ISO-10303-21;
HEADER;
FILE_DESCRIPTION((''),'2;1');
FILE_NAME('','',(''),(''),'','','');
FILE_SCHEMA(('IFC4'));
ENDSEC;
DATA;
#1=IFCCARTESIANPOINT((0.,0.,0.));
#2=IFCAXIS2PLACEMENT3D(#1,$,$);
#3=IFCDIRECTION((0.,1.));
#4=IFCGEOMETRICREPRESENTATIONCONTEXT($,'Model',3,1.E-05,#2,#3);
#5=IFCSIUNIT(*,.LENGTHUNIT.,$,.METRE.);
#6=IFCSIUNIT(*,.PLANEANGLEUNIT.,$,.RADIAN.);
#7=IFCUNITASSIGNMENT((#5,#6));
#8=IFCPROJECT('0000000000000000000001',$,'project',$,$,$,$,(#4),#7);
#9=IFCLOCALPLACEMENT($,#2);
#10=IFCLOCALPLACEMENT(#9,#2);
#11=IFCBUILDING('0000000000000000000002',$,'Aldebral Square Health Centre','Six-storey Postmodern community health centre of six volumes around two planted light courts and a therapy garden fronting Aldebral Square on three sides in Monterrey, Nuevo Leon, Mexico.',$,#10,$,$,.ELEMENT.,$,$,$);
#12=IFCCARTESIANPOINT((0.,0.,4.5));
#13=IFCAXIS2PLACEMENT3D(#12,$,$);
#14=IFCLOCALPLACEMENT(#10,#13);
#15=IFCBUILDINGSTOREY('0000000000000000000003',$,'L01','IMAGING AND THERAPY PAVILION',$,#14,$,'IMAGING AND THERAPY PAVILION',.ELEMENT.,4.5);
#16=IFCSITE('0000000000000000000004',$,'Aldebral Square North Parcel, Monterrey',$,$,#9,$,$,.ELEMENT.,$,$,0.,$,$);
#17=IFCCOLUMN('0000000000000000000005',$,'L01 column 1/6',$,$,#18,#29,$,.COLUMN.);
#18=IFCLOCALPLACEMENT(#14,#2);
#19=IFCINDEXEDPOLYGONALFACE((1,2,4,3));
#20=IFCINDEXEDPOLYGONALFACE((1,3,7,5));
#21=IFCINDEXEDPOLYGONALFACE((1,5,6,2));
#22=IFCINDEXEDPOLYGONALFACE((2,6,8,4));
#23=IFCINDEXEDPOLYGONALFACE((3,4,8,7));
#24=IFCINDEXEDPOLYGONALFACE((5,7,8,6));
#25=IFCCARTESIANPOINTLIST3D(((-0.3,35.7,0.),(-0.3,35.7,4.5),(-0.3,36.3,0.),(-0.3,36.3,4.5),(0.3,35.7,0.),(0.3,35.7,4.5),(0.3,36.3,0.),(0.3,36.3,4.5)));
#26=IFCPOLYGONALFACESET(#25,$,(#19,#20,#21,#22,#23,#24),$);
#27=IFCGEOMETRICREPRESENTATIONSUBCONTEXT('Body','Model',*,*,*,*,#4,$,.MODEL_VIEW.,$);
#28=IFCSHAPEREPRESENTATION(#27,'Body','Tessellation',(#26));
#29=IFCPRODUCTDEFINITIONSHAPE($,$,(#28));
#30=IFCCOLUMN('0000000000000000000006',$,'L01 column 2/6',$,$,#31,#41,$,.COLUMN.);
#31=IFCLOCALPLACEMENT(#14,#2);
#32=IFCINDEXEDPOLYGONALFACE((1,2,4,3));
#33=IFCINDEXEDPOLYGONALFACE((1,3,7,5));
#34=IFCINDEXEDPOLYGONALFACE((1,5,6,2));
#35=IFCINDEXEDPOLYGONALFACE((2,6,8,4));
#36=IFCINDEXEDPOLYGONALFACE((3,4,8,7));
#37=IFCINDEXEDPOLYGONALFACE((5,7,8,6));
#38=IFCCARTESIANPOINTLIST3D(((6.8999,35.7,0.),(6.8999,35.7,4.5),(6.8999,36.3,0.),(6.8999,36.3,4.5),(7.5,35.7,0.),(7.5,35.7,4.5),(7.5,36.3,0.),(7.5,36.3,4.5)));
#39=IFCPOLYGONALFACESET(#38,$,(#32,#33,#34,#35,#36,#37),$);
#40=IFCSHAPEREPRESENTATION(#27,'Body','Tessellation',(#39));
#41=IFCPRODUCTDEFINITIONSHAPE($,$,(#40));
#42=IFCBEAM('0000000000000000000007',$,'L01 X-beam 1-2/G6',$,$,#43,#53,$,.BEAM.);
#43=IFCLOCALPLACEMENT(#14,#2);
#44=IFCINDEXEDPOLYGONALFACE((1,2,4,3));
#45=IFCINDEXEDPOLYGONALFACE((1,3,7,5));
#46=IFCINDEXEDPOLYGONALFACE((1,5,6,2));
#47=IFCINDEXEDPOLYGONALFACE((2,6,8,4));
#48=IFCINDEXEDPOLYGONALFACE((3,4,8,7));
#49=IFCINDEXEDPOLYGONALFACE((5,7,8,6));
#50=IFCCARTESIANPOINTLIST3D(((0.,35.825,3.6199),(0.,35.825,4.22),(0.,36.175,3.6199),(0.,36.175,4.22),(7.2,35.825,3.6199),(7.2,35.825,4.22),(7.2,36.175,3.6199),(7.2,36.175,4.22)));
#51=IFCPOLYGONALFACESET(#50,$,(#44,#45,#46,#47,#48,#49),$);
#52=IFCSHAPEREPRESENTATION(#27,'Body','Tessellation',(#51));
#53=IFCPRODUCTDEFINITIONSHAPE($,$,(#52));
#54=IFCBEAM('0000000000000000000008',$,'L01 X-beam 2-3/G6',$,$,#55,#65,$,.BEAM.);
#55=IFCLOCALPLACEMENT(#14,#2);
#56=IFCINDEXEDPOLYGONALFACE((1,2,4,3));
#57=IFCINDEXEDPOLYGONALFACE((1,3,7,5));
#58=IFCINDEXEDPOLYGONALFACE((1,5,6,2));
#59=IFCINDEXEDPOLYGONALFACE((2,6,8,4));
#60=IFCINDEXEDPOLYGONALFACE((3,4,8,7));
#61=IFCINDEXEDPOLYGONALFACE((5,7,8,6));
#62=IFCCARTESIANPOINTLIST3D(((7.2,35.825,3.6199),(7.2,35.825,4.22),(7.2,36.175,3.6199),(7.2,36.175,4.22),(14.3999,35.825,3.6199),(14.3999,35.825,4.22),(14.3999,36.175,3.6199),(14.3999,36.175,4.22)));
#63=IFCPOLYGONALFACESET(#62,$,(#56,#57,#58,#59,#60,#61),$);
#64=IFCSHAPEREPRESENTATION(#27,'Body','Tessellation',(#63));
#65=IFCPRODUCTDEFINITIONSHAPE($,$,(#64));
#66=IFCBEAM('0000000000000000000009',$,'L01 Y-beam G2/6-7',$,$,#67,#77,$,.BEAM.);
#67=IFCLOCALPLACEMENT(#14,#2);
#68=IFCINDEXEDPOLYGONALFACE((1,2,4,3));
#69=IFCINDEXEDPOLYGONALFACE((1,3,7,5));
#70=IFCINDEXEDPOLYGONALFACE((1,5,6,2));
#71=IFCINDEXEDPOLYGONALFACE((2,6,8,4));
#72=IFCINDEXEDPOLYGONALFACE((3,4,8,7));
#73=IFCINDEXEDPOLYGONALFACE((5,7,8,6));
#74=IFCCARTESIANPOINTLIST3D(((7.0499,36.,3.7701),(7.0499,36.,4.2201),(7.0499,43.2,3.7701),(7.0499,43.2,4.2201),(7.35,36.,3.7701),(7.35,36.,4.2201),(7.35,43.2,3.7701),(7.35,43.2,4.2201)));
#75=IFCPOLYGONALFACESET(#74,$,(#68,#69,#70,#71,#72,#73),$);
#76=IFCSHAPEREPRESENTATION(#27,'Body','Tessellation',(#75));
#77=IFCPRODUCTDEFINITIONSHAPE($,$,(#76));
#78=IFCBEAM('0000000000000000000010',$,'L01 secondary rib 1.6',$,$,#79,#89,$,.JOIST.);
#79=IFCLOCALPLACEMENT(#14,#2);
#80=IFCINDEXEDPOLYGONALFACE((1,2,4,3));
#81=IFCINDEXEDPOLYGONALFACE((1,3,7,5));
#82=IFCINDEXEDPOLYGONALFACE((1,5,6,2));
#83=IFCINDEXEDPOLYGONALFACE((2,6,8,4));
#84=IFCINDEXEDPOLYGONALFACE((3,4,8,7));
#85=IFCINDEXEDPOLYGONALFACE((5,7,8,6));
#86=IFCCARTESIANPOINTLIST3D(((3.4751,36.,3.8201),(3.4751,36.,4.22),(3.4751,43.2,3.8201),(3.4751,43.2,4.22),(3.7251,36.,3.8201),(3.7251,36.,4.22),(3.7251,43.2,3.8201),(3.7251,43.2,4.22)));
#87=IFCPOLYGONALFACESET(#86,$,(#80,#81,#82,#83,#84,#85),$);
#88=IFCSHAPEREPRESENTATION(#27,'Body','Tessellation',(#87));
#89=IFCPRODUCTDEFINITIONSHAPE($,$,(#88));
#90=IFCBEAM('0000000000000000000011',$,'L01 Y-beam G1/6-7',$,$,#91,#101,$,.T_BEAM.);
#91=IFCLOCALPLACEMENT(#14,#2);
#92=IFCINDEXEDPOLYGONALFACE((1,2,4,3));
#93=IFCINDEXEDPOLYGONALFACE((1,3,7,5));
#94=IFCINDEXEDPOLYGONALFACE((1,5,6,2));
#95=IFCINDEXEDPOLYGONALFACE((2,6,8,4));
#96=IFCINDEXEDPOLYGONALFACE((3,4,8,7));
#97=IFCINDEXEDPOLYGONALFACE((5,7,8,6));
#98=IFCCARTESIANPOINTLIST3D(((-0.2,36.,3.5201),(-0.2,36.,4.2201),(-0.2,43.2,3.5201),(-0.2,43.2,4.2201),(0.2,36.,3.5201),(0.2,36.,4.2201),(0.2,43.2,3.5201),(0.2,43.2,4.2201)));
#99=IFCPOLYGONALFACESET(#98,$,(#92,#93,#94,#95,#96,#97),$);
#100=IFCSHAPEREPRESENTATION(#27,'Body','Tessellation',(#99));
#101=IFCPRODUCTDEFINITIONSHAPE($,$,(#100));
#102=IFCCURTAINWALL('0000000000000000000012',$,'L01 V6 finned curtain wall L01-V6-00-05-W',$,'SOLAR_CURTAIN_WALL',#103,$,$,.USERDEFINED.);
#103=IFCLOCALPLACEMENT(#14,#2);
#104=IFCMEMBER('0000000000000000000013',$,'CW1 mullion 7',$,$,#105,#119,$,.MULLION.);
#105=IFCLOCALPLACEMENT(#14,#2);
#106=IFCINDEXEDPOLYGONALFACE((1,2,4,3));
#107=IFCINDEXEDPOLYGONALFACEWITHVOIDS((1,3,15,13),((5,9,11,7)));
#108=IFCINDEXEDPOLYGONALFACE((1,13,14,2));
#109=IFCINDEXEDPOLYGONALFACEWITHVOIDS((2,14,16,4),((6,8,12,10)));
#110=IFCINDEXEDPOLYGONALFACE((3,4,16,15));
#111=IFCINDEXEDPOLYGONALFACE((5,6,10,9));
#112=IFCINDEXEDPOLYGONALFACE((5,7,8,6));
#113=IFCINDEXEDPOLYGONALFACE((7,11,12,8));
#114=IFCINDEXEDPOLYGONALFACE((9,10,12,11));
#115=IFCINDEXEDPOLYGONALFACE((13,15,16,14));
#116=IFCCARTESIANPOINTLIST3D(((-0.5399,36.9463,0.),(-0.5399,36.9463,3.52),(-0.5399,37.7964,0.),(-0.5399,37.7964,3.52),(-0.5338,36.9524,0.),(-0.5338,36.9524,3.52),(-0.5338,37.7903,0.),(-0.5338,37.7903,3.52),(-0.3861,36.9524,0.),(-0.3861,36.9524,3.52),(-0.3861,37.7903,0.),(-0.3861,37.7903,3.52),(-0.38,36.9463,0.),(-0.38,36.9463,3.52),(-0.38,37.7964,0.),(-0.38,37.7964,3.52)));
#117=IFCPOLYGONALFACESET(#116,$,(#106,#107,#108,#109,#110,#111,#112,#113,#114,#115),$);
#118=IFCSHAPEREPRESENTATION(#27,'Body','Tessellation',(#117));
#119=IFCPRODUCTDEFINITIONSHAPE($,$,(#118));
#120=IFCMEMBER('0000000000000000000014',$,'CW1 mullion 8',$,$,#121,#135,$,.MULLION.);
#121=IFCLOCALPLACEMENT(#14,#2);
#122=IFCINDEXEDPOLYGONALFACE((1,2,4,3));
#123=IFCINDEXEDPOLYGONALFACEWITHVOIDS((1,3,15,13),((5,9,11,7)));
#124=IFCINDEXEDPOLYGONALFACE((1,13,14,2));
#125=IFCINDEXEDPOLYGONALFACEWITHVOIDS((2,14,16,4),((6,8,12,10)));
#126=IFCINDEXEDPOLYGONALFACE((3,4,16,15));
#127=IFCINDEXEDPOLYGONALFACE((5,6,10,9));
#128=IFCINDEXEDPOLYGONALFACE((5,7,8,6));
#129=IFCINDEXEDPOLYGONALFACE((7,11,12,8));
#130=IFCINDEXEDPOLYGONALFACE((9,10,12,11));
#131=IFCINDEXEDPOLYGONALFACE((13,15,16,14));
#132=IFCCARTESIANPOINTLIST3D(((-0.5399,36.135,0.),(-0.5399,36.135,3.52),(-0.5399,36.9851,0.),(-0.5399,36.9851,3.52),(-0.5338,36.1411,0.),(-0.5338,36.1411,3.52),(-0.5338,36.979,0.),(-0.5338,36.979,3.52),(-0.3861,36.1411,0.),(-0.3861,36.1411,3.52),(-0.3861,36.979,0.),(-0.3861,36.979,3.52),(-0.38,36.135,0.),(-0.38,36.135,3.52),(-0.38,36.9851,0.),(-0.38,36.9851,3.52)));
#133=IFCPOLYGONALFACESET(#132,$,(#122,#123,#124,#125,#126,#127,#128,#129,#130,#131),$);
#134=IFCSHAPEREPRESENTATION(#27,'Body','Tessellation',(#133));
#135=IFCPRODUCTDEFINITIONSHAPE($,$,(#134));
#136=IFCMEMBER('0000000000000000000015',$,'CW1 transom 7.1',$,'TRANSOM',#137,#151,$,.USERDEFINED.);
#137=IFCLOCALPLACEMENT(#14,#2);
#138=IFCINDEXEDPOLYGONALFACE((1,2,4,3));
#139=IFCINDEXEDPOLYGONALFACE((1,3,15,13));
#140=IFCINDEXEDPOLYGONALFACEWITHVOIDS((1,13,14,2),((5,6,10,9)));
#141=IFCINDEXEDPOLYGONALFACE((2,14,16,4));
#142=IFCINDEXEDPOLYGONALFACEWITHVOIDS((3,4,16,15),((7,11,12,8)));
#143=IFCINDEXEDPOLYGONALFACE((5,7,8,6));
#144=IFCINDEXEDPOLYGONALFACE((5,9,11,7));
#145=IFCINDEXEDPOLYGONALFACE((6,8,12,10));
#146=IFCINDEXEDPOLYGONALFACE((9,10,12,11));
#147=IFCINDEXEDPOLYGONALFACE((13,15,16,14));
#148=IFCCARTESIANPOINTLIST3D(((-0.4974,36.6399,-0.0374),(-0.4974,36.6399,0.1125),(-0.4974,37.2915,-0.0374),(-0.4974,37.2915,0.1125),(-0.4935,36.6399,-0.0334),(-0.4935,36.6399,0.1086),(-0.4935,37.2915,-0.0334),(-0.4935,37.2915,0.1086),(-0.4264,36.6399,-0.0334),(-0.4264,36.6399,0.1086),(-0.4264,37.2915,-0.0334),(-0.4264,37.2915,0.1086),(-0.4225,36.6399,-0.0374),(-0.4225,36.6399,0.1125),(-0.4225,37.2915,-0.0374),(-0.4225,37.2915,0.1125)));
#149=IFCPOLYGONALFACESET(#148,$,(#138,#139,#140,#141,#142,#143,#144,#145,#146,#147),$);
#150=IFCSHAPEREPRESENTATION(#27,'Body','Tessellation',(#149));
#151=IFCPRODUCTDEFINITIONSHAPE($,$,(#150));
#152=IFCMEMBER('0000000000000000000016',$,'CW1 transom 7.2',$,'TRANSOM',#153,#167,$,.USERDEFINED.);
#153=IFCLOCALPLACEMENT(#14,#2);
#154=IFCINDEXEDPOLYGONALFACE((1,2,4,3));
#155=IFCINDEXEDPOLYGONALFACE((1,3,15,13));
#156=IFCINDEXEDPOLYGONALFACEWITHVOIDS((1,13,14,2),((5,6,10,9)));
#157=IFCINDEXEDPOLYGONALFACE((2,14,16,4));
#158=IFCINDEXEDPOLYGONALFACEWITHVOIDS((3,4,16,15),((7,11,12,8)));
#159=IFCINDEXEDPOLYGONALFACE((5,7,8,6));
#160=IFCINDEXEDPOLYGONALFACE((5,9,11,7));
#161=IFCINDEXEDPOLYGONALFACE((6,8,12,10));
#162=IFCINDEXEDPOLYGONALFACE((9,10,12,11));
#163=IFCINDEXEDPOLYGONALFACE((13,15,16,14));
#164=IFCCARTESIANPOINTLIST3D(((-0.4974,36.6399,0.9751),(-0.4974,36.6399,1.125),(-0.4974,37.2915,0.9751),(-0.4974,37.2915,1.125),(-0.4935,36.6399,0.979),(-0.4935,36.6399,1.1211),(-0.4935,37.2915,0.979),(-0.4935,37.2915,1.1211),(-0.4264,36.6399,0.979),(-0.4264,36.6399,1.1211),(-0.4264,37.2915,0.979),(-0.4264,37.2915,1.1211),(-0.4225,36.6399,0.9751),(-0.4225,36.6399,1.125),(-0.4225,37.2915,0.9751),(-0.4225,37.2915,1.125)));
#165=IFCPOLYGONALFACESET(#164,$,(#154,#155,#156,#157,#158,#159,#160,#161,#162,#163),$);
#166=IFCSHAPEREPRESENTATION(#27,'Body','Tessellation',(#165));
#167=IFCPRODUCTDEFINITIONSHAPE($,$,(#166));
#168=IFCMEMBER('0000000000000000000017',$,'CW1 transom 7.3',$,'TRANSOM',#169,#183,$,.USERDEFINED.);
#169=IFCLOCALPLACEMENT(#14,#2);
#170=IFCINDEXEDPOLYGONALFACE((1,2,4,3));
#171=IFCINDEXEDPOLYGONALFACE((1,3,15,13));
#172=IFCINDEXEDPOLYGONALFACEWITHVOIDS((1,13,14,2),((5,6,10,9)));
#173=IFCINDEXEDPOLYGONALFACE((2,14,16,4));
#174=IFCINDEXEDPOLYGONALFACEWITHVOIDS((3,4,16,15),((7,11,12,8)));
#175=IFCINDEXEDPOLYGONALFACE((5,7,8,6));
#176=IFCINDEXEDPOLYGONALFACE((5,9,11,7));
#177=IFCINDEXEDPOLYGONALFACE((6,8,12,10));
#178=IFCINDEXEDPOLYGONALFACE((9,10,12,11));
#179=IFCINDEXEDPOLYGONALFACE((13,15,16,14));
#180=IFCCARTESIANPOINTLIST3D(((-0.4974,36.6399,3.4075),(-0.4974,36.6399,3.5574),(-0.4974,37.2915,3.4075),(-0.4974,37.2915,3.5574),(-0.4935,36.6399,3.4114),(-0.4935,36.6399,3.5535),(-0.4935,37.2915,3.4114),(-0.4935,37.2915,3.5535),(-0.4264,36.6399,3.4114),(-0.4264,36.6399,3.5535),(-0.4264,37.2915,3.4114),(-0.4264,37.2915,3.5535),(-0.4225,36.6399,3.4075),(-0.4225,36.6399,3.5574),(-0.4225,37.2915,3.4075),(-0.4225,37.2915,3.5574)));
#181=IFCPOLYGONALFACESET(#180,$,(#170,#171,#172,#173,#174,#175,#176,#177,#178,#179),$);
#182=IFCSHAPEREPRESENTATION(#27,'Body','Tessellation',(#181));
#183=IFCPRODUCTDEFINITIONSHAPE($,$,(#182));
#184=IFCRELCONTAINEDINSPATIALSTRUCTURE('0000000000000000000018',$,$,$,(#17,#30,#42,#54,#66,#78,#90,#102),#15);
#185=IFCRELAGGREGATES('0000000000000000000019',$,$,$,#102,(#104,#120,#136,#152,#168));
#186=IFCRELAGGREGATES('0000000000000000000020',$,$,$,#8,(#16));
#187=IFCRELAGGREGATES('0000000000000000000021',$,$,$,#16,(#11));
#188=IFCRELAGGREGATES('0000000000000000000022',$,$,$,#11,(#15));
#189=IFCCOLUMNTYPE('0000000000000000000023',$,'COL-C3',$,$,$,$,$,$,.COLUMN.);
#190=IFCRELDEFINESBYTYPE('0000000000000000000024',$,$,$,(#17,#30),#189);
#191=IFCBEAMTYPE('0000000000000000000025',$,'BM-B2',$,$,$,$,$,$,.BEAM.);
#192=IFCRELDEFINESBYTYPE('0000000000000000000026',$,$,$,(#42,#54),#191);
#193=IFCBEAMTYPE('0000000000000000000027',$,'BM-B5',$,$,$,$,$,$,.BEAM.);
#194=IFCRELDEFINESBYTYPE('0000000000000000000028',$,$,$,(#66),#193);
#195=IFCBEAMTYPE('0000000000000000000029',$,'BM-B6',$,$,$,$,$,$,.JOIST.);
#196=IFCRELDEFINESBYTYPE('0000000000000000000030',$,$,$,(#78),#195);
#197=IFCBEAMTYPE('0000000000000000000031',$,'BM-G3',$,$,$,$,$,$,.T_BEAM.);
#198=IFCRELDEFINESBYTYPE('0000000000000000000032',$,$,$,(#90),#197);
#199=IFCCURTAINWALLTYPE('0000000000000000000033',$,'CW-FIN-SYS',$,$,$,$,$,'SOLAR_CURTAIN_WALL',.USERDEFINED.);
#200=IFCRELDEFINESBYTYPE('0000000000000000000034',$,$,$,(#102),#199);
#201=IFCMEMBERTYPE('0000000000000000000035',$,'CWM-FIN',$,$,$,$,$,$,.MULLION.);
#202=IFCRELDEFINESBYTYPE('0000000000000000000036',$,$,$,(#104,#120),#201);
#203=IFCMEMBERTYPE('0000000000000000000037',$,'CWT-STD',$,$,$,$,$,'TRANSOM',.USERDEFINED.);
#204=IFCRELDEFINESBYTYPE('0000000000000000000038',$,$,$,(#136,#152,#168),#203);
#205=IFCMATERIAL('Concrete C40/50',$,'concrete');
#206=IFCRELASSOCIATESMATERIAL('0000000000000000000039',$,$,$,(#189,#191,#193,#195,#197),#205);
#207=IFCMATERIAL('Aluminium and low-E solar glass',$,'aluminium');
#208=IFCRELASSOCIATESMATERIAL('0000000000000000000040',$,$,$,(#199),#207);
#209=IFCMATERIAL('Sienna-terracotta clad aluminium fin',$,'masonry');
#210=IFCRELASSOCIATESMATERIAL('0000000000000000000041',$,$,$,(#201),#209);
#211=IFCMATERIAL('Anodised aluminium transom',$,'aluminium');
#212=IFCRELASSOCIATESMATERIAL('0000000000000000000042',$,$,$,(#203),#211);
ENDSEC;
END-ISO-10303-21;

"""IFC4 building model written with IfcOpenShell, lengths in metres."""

from ifc_helpers import new_model, si_unit, direction, frame, origin, origin_2d, place, context, subcontext, project, spatial, rectangle, hollow_rectangle, extrude, material, material_profile, profile_set, type_object, element, aggregate, save


model = new_model("IFC4")

# Units and contexts
model_context = context("Model", 3, precision=1e-05, world=origin(), true_north=direction((0.0, 1.0)))
body_context = subcontext(model_context, "Body", "Model", "MODEL_VIEW")
ifc_project = project(units=[si_unit("LENGTHUNIT", "METRE"), si_unit("PLANEANGLEUNIT", "RADIAN")], contexts=[model_context])

# Site, building, storey
site_placement = place(None, origin())
site = spatial("IfcSite", under=ifc_project, at=site_placement, Name="Aldebral Square North Parcel, Monterrey", CompositionType="ELEMENT", RefElevation=0.0)
building_placement = place(site_placement, origin())
building = spatial("IfcBuilding", under=site, at=building_placement, Name="Aldebral Square Health Centre", Description="Six-storey Postmodern community health centre of six volumes around two planted light courts and a therapy garden fronting Aldebral Square on three sides in Monterrey, Nuevo Leon, Mexico.", CompositionType="ELEMENT")
storey_placement = place(building_placement, frame((0.0, 0.0, 4.5)))
storey = spatial("IfcBuildingStorey", under=building, at=storey_placement, Name="L01", Description="IMAGING AND THERAPY PAVILION", LongName="IMAGING AND THERAPY PAVILION", CompositionType="ELEMENT", Elevation=4.5)

# Columns
ifc_material_1 = material(Name="Concrete C40/50", Category="concrete")
ifc_material_profile_1 = material_profile(ifc_material_1, rectangle(XDim=0.6001, YDim=0.6001, at=origin_2d()), Name="RC 600x600")
ifc_profile_set_1 = profile_set([ifc_material_profile_1], Name="Concrete C40/50")
column_type = type_object("IfcColumnType", Name="COL-C3", PredefinedType="COLUMN", material=ifc_profile_set_1)
for number, where, z_axis, x_axis, name in (
    (1, (0.0, 36.0, 0.0), (0.0, 0.0, 1.0), (1.0, 0.0, 0.0), "L01 column 1/6"),
    (2, (7.2, 36.0, 0.0), (0.0, 0.0, 1.0), (1.0, 0.0, 0.0), "L01 column 2/6"),
):
    element("IfcColumn", number, at=place(storey_placement, frame(where, z_axis=z_axis, x_axis=x_axis)), inside=storey, type_object=column_type, Name=name, PredefinedType="COLUMN", context=body_context, shape_type="SweptSolid", body=[
        extrude(rectangle(XDim=0.6001, YDim=0.6001, at=origin_2d()), origin(), (0.0, 0.0, 1.0), 4.5),
    ])

# Beams
ifc_material_profile_2 = material_profile(ifc_material_1, rectangle(XDim=0.3501, YDim=0.6001, at=origin_2d()), Name="RC 350x600")
ifc_profile_set_2 = profile_set([ifc_material_profile_2], Name="Concrete C40/50")
beam_type_1 = type_object("IfcBeamType", Name="BM-B2", PredefinedType="BEAM", material=ifc_profile_set_2)
for number, where, z_axis, x_axis, name in (
    (3, (0.0, 36.0, 3.9199), (1.0, 0.0, 0.0), (0.0, 1.0, 0.0), "L01 X-beam 1-2/G6"),
    (4, (7.2, 36.0, 3.9199), (1.0, 0.0, 0.0), (0.0, 1.0, 0.0), "L01 X-beam 2-3/G6"),
):
    element("IfcBeam", number, at=place(storey_placement, frame(where, z_axis=z_axis, x_axis=x_axis)), inside=storey, type_object=beam_type_1, Name=name, PredefinedType="BEAM", context=body_context, shape_type="SweptSolid", body=[
        extrude(rectangle(XDim=0.3501, YDim=0.6001, at=origin_2d()), origin(), (0.0, 0.0, 1.0), 7.2),
    ])
ifc_material_profile_3 = material_profile(ifc_material_1, rectangle(XDim=0.3, YDim=0.45, at=origin_2d()), Name="RC 300x450")
ifc_profile_set_3 = profile_set([ifc_material_profile_3], Name="Concrete C40/50")
beam_type_2 = type_object("IfcBeamType", Name="BM-B5", PredefinedType="BEAM", material=ifc_profile_set_3)
beam_1_placement = place(storey_placement, frame((7.2, 36.0, 3.9951), z_axis=(0.0, 1.0, 0.0), x_axis=(-1.0, 0.0, 0.0)))
element("IfcBeam", 5, at=beam_1_placement, inside=storey, type_object=beam_type_2, Name="L01 Y-beam G2/6-7", PredefinedType="BEAM", context=body_context, shape_type="SweptSolid", body=[
    extrude(rectangle(XDim=0.3, YDim=0.45, at=origin_2d()), origin(), (0.0, 0.0, 1.0), 7.2),
])
ifc_material_profile_4 = material_profile(ifc_material_1, rectangle(XDim=0.25, YDim=0.3999, at=origin_2d()), Name="RC 250x400")
ifc_profile_set_4 = profile_set([ifc_material_profile_4], Name="Concrete C40/50")
beam_type_3 = type_object("IfcBeamType", Name="BM-B6", PredefinedType="JOIST", material=ifc_profile_set_4)
beam_2_placement = place(storey_placement, frame((3.6001, 36.0, 4.02), z_axis=(0.0, 1.0, 0.0), x_axis=(-1.0, 0.0, 0.0)))
element("IfcBeam", 6, at=beam_2_placement, inside=storey, type_object=beam_type_3, Name="L01 secondary rib 1.6", PredefinedType="JOIST", context=body_context, shape_type="SweptSolid", body=[
    extrude(rectangle(XDim=0.25, YDim=0.3999, at=origin_2d()), origin(), (0.0, 0.0, 1.0), 7.2),
])
ifc_material_profile_5 = material_profile(ifc_material_1, rectangle(XDim=0.3999, YDim=0.7, at=origin_2d()), Name="RC 400x700")
ifc_profile_set_5 = profile_set([ifc_material_profile_5], Name="Concrete C40/50")
beam_type_4 = type_object("IfcBeamType", Name="BM-G3", PredefinedType="T_BEAM", material=ifc_profile_set_5)
beam_3_placement = place(storey_placement, frame((0.0, 36.0, 3.8701), z_axis=(0.0, 1.0, 0.0), x_axis=(-1.0, 0.0, 0.0)))
element("IfcBeam", 7, at=beam_3_placement, inside=storey, type_object=beam_type_4, Name="L01 Y-beam G1/6-7", PredefinedType="T_BEAM", context=body_context, shape_type="SweptSolid", body=[
    extrude(rectangle(XDim=0.3999, YDim=0.7, at=origin_2d()), origin(), (0.0, 0.0, 1.0), 7.2),
])

# Curtain wall, members
ifc_material_2 = material(Name="Aluminium and low-E solar glass", Category="aluminium")
curtain_wall_type = type_object("IfcCurtainWallType", Name="CW-FIN-SYS", ElementType="SOLAR_CURTAIN_WALL", PredefinedType="USERDEFINED", material=ifc_material_2)
curtain_wall_placement = place(storey_placement, origin())
curtain_wall = element("IfcCurtainWall", 8, at=curtain_wall_placement, inside=storey, type_object=curtain_wall_type, Name="L01 V6 finned curtain wall L01-V6-00-05-W", ObjectType="SOLAR_CURTAIN_WALL", PredefinedType="USERDEFINED")
ifc_material_3 = material(Name="Sienna-terracotta clad aluminium fin", Category="masonry")
ifc_material_profile_6 = material_profile(ifc_material_3, hollow_rectangle(XDim=0.1599, YDim=0.8501, WallThickness=0.0061, at=origin_2d()), Name="FIN 160x850x6")
ifc_profile_set_6 = profile_set([ifc_material_profile_6], Name="Sienna-terracotta clad aluminium fin")
member_type_1 = type_object("IfcMemberType", Name="CWM-FIN", PredefinedType="MULLION", material=ifc_profile_set_6)
member_1_placement = place(storey_placement, frame((-0.46, 37.3713, 0.0), z_axis=(0.0, 0.0, 1.0), x_axis=(1.0, 0.0, 0.0)))
member_1 = element("IfcMember", 9, at=member_1_placement, type_object=member_type_1, Name="CW1 mullion 7", PredefinedType="MULLION", context=body_context, shape_type="SweptSolid", body=[
    extrude(hollow_rectangle(XDim=0.1599, YDim=0.8501, WallThickness=0.0061, at=origin_2d()), origin(), (0.0, 0.0, 1.0), 3.52),
])
member_2_placement = place(storey_placement, frame((-0.46, 36.5601, 0.0), z_axis=(0.0, 0.0, 1.0), x_axis=(1.0, 0.0, 0.0)))
member_2 = element("IfcMember", 10, at=member_2_placement, type_object=member_type_1, Name="CW1 mullion 8", PredefinedType="MULLION", context=body_context, shape_type="SweptSolid", body=[
    extrude(hollow_rectangle(XDim=0.1599, YDim=0.8501, WallThickness=0.0061, at=origin_2d()), origin(), (0.0, 0.0, 1.0), 3.52),
])
ifc_material_4 = material(Name="Anodised aluminium transom", Category="aluminium")
ifc_material_profile_7 = material_profile(ifc_material_4, hollow_rectangle(XDim=0.075, YDim=0.1499, WallThickness=0.0039, at=origin_2d()), Name="CWT 75x150x4")
ifc_profile_set_7 = profile_set([ifc_material_profile_7], Name="Anodised aluminium transom")
member_type_2 = type_object("IfcMemberType", Name="CWT-STD", ElementType="TRANSOM", PredefinedType="USERDEFINED", material=ifc_profile_set_7)
member_3_placement = place(storey_placement, frame((-0.46, 37.2915, 0.0376), z_axis=(0.0, -1.0, 0.0), x_axis=(1.0, 0.0, 0.0)))
member_3 = element("IfcMember", 11, at=member_3_placement, type_object=member_type_2, Name="CW1 transom 7.1", ObjectType="TRANSOM", PredefinedType="USERDEFINED", context=body_context, shape_type="SweptSolid", body=[
    extrude(hollow_rectangle(XDim=0.075, YDim=0.1499, WallThickness=0.0039, at=origin_2d()), origin(), (0.0, 0.0, 1.0), 0.6516),
])
member_4_placement = place(storey_placement, frame((-0.46, 37.2915, 1.05), z_axis=(0.0, -1.0, 0.0), x_axis=(1.0, 0.0, 0.0)))
member_4 = element("IfcMember", 12, at=member_4_placement, type_object=member_type_2, Name="CW1 transom 7.2", ObjectType="TRANSOM", PredefinedType="USERDEFINED", context=body_context, shape_type="SweptSolid", body=[
    extrude(hollow_rectangle(XDim=0.075, YDim=0.1499, WallThickness=0.0039, at=origin_2d()), origin(), (0.0, 0.0, 1.0), 0.6516),
])
member_5_placement = place(storey_placement, frame((-0.46, 37.2915, 3.4824), z_axis=(0.0, -1.0, 0.0), x_axis=(1.0, 0.0, 0.0)))
member_5 = element("IfcMember", 13, at=member_5_placement, type_object=member_type_2, Name="CW1 transom 7.3", ObjectType="TRANSOM", PredefinedType="USERDEFINED", context=body_context, shape_type="SweptSolid", body=[
    extrude(hollow_rectangle(XDim=0.075, YDim=0.1499, WallThickness=0.0039, at=origin_2d()), origin(), (0.0, 0.0, 1.0), 0.6516),
])
aggregate(curtain_wall, [member_1, member_2, member_3, member_4, member_5])

save(model, "model.ifc")
